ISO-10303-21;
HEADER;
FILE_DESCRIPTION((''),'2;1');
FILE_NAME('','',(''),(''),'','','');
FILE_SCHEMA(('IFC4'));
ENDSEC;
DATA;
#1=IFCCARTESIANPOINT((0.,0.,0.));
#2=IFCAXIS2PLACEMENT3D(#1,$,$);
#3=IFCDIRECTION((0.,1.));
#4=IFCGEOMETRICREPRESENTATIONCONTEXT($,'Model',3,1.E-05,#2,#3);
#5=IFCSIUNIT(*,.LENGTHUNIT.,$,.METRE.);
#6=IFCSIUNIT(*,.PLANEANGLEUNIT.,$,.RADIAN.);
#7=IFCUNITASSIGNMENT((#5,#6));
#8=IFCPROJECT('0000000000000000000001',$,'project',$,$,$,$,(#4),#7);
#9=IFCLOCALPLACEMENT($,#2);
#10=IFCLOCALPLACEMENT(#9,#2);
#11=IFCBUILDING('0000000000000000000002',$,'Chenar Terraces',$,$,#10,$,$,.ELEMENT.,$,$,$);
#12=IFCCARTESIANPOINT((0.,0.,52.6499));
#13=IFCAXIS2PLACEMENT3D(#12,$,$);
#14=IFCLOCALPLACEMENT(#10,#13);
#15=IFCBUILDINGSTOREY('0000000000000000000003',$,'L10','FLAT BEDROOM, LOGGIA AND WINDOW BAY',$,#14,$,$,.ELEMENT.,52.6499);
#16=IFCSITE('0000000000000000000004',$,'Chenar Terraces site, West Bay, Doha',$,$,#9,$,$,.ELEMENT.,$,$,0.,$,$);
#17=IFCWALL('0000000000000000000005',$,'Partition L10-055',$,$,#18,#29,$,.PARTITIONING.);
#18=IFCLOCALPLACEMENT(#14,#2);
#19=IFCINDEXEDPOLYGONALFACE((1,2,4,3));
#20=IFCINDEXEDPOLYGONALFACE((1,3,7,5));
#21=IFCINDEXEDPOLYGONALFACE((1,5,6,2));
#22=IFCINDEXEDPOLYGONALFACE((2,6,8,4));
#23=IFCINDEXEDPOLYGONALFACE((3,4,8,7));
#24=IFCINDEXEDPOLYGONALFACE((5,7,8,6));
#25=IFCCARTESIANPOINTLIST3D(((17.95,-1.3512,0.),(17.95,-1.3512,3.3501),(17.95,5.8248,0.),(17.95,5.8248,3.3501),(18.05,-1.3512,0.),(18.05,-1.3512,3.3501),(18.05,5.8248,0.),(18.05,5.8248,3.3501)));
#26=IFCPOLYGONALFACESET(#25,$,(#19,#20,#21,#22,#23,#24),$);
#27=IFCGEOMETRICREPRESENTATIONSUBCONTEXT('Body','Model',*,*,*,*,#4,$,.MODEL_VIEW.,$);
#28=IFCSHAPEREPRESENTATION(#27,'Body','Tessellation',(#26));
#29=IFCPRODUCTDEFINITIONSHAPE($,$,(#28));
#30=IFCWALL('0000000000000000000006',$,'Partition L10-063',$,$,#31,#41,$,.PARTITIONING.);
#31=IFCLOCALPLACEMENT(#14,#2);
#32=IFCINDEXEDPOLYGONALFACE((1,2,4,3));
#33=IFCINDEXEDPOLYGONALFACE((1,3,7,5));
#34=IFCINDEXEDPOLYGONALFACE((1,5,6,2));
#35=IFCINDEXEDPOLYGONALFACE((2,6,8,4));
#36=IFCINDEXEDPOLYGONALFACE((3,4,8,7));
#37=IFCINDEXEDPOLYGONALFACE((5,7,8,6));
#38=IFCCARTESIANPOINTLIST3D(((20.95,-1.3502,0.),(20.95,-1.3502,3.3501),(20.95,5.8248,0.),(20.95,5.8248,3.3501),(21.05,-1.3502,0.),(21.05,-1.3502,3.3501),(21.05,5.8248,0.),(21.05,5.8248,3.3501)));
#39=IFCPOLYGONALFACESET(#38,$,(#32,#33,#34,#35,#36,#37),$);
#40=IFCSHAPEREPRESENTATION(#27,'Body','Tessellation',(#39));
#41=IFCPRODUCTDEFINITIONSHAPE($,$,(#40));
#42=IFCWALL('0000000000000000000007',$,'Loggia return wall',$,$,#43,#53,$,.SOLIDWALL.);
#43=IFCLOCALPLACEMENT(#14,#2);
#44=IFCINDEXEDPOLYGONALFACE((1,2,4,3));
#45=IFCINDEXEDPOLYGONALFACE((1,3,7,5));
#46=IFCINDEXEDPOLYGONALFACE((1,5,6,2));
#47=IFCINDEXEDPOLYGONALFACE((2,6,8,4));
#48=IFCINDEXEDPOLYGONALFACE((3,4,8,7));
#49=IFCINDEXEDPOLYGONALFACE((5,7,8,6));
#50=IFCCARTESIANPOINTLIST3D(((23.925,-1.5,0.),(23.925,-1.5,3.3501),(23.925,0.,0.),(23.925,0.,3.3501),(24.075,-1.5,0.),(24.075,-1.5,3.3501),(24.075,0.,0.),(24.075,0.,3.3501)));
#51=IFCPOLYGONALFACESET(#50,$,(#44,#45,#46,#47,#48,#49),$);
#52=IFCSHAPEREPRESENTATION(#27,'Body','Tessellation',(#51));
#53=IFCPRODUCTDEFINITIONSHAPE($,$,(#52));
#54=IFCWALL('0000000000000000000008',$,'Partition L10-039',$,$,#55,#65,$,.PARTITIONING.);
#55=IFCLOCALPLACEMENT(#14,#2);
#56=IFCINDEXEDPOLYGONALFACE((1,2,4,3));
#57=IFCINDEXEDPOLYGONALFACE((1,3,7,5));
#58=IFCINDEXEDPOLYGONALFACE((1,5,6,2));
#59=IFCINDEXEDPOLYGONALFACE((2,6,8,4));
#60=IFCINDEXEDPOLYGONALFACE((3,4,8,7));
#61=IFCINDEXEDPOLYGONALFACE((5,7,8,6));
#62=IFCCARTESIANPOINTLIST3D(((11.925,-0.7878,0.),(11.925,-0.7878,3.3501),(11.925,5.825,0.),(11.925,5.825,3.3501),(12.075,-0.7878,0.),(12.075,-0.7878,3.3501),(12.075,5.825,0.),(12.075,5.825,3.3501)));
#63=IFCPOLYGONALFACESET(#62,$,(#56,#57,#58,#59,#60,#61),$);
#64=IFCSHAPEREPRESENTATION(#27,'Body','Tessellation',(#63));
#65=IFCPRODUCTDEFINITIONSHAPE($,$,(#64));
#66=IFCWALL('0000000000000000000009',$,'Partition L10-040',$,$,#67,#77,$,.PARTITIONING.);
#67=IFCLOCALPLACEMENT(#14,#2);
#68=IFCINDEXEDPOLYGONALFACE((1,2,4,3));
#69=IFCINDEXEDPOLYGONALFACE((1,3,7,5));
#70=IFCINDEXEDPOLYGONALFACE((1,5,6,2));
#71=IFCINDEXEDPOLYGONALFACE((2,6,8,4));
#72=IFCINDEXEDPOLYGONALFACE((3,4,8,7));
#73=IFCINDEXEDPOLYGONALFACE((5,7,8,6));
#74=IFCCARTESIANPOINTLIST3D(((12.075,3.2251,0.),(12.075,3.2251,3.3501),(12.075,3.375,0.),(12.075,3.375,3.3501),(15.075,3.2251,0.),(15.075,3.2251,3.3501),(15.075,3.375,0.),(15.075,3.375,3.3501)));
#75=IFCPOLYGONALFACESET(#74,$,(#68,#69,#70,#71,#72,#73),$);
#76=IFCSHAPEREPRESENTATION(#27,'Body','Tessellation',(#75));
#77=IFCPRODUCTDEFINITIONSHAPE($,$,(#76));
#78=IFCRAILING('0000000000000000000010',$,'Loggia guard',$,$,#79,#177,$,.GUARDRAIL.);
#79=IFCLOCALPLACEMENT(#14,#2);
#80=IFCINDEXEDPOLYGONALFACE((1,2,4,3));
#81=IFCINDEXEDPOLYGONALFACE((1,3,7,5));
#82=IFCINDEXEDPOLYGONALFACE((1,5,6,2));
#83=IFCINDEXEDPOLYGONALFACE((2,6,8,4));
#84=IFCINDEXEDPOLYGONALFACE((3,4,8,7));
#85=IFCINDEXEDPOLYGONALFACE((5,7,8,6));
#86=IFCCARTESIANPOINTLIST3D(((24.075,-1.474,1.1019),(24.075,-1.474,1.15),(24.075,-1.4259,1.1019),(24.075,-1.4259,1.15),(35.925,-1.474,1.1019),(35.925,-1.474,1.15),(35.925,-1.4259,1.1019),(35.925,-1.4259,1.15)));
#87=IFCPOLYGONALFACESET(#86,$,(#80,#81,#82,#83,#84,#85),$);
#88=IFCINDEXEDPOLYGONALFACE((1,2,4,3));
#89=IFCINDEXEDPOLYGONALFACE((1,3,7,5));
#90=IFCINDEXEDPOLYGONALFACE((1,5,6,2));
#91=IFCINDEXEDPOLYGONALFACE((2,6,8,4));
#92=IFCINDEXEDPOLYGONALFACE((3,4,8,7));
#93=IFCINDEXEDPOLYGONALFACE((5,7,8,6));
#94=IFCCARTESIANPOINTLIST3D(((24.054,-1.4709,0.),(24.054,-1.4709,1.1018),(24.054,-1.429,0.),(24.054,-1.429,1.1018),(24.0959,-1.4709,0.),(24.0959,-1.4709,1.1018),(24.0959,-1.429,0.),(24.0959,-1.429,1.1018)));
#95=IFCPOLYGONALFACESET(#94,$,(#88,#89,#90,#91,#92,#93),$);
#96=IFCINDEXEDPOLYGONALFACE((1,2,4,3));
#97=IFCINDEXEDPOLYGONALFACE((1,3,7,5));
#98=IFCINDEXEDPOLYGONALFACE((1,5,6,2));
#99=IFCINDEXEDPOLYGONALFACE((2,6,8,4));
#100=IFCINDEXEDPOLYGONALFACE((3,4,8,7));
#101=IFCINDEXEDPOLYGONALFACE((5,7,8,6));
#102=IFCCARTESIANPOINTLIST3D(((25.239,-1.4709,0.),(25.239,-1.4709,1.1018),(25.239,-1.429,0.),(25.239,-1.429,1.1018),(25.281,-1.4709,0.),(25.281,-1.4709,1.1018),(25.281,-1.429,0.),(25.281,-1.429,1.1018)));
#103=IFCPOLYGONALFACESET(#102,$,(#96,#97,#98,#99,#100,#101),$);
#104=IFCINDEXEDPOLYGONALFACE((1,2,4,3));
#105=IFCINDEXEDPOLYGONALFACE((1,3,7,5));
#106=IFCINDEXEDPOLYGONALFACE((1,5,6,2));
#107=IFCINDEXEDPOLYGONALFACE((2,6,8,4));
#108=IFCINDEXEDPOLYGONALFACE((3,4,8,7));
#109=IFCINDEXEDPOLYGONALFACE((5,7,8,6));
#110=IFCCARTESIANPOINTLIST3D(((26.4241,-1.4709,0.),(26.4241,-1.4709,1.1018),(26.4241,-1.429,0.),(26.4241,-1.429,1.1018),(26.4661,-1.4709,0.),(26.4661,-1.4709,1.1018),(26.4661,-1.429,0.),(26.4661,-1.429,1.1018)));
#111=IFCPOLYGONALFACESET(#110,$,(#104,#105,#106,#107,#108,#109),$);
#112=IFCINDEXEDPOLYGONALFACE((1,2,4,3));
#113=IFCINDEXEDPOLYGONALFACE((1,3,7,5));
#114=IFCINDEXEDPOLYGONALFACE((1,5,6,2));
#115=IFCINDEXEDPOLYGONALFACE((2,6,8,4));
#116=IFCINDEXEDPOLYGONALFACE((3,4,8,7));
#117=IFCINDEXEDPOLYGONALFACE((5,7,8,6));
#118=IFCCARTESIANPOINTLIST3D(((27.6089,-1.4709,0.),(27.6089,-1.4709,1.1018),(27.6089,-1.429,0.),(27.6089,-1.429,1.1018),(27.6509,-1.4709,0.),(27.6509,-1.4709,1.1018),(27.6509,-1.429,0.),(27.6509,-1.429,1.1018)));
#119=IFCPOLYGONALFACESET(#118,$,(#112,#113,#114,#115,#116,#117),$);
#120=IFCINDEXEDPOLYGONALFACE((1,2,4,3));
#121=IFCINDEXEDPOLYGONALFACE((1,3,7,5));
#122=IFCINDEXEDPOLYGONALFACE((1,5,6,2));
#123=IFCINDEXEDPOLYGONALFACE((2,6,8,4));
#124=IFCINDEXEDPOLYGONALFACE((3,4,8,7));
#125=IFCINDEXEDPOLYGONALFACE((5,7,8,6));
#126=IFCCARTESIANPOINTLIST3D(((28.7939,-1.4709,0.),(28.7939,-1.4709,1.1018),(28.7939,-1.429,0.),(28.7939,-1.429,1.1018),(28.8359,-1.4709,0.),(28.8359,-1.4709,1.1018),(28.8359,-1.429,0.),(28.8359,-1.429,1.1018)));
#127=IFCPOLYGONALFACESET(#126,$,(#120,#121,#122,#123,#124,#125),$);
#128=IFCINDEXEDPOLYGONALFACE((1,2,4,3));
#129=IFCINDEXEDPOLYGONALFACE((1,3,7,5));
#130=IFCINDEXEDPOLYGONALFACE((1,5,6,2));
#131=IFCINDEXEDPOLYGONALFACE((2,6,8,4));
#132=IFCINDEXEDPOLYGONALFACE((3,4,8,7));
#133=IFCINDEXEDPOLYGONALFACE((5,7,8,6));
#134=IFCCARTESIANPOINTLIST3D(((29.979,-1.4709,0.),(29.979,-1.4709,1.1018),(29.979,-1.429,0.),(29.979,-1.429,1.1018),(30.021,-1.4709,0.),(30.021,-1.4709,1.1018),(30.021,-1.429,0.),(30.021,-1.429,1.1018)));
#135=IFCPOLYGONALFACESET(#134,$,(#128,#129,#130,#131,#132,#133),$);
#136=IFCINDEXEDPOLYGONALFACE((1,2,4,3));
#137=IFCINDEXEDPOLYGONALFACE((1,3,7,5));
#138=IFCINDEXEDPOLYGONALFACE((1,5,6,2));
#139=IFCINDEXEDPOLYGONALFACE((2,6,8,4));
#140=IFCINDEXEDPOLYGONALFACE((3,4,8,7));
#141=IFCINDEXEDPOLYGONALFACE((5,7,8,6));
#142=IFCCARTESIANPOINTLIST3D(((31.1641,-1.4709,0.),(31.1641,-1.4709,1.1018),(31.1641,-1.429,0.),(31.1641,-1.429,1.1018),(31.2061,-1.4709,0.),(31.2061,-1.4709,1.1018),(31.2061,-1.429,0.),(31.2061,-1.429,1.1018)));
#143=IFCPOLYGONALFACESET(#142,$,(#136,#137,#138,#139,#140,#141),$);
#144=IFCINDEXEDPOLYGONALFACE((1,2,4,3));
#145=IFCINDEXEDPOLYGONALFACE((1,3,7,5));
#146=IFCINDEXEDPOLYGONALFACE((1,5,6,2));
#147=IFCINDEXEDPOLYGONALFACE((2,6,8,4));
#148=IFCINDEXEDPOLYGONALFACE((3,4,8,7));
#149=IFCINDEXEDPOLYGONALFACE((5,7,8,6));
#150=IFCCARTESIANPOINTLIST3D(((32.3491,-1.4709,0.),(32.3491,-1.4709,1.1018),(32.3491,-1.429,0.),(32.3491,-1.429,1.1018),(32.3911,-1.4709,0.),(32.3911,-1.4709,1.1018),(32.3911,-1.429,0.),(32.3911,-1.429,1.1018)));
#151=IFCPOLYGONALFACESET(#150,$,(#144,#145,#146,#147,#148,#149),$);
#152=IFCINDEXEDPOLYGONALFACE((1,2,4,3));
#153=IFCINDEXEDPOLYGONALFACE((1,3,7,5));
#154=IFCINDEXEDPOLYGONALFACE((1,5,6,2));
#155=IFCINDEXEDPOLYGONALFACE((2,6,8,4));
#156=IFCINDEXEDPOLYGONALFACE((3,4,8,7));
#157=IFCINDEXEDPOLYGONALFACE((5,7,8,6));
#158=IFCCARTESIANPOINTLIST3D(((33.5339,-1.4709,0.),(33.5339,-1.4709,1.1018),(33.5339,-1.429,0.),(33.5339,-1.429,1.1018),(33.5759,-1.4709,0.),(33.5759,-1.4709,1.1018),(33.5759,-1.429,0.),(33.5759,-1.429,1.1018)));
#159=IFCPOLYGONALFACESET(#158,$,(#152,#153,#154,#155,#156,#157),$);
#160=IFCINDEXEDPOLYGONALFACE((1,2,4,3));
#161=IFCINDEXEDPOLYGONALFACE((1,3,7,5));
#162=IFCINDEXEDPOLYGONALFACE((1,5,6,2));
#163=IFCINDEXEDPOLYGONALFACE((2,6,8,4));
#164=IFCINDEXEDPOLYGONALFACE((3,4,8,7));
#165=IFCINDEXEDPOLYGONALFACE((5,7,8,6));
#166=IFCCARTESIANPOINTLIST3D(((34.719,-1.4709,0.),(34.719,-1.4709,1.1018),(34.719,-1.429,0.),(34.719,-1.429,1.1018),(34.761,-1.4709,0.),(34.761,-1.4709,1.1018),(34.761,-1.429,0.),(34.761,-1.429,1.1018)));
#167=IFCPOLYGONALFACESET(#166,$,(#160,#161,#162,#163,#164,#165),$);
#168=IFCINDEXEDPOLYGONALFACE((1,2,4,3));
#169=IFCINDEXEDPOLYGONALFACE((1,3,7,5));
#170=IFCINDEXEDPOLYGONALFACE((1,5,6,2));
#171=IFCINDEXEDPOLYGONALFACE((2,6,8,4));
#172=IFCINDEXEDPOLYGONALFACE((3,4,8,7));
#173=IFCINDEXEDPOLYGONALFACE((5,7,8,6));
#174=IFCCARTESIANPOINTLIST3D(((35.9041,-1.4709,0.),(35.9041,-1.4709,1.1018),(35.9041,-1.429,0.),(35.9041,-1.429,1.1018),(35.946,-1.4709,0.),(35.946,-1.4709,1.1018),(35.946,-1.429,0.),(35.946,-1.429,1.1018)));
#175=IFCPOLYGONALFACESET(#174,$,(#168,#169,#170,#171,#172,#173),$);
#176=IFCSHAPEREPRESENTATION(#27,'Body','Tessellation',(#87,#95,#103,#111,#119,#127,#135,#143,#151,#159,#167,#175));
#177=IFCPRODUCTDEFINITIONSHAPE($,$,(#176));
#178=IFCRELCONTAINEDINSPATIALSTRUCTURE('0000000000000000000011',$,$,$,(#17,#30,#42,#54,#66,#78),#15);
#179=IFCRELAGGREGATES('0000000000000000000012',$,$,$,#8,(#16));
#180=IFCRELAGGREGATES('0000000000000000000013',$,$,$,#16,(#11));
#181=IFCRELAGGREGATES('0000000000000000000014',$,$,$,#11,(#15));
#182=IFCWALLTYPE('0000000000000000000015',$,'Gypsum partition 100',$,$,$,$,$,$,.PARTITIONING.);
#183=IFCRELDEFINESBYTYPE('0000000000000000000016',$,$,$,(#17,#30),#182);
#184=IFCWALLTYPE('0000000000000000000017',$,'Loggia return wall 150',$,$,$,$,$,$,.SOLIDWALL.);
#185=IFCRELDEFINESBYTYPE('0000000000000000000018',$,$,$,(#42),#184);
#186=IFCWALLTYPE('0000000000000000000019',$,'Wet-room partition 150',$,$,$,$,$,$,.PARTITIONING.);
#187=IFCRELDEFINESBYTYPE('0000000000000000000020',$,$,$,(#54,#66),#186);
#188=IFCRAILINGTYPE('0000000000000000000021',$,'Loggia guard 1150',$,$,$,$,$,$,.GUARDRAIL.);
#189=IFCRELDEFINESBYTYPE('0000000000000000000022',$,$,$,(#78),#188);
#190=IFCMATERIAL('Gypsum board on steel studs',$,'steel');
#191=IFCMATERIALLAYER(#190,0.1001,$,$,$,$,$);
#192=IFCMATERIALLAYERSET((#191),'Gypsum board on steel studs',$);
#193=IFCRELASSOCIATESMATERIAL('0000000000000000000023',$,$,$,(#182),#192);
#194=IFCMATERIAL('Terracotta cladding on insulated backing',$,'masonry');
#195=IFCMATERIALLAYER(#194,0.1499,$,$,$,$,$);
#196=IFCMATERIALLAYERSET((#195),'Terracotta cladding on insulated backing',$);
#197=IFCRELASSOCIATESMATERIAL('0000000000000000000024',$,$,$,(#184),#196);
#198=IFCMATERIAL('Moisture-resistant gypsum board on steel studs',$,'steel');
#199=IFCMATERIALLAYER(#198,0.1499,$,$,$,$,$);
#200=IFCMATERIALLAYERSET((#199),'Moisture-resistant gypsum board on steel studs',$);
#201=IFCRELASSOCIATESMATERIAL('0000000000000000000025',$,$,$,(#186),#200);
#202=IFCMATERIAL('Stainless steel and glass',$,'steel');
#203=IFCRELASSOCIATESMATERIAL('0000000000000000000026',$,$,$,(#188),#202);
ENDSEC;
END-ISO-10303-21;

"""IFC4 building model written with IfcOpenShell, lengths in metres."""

from ifc_helpers import new_model, si_unit, direction, frame, frame_2d, origin, origin_2d, place, context, subcontext, project, spatial, rectangle, extrude, material, layer, layer_set, type_object, element, save


model = new_model("IFC4")

# Units and contexts
model_context = context("Model", 3, precision=1e-05, world=origin(), true_north=direction((0.0, 1.0)))
body_context = subcontext(model_context, "Body", "Model", "MODEL_VIEW")
ifc_project = project(units=[si_unit("LENGTHUNIT", "METRE"), si_unit("PLANEANGLEUNIT", "RADIAN")], contexts=[model_context])

# Site, building, storey
site_placement = place(None, origin())
site = spatial("IfcSite", under=ifc_project, at=site_placement, Name="Chenar Terraces site, West Bay, Doha", CompositionType="ELEMENT", RefElevation=0.0)
building_placement = place(site_placement, origin())
building = spatial("IfcBuilding", under=site, at=building_placement, Name="Chenar Terraces", CompositionType="ELEMENT")
storey_placement = place(building_placement, frame((0.0, 0.0, 52.6499)))
storey = spatial("IfcBuildingStorey", under=building, at=storey_placement, Name="L10", Description="FLAT BEDROOM, LOGGIA AND WINDOW BAY", CompositionType="ELEMENT", Elevation=52.6499)

# Walls
ifc_material_1 = material(Name="Gypsum board on steel studs", Category="steel")
ifc_layer_1 = layer(ifc_material_1, 0.1001)
ifc_layer_set_1 = layer_set([ifc_layer_1], Name="Gypsum board on steel studs")
wall_type_1 = type_object("IfcWallType", Name="Gypsum partition 100", PredefinedType="PARTITIONING", material=ifc_layer_set_1)
wall_1_placement = place(storey_placement, frame((18.0, -1.3511, 0.0), z_axis=(0.0, 0.0, 1.0), x_axis=(0.0, 1.0, 0.0)))
element("IfcWall", 1, at=wall_1_placement, inside=storey, type_object=wall_type_1, Name="Partition L10-055", PredefinedType="PARTITIONING", context=body_context, shape_type="SweptSolid", body=[
    extrude(rectangle(XDim=7.176, YDim=0.1001, at=frame_2d((3.5879, 0.0))), origin(), (0.0, 0.0, 1.0), 3.3501),
])
wall_2_placement = place(storey_placement, frame((21.0, -1.3501, 0.0), z_axis=(0.0, 0.0, 1.0), x_axis=(0.0, 1.0, 0.0)))
element("IfcWall", 2, at=wall_2_placement, inside=storey, type_object=wall_type_1, Name="Partition L10-063", PredefinedType="PARTITIONING", context=body_context, shape_type="SweptSolid", body=[
    extrude(rectangle(XDim=7.175, YDim=0.1001, at=frame_2d((3.5874, 0.0))), origin(), (0.0, 0.0, 1.0), 3.3501),
])
ifc_material_2 = material(Name="Terracotta cladding on insulated backing", Category="masonry")
ifc_layer_2 = layer(ifc_material_2, 0.1499)
ifc_layer_set_2 = layer_set([ifc_layer_2], Name="Terracotta cladding on insulated backing")
wall_type_2 = type_object("IfcWallType", Name="Loggia return wall 150", PredefinedType="SOLIDWALL", material=ifc_layer_set_2)
wall_3_placement = place(storey_placement, frame((24.0, -1.5, 0.0), z_axis=(0.0, 0.0, 1.0), x_axis=(0.0, 1.0, 0.0)))
element("IfcWall", 3, at=wall_3_placement, inside=storey, type_object=wall_type_2, Name="Loggia return wall", PredefinedType="SOLIDWALL", context=body_context, shape_type="SweptSolid", body=[
    extrude(rectangle(XDim=1.5, YDim=0.1499, at=frame_2d((0.75, 0.0))), origin(), (0.0, 0.0, 1.0), 3.3501),
])
ifc_material_3 = material(Name="Moisture-resistant gypsum board on steel studs", Category="steel")
ifc_layer_3 = layer(ifc_material_3, 0.1499)
ifc_layer_set_3 = layer_set([ifc_layer_3], Name="Moisture-resistant gypsum board on steel studs")
wall_type_3 = type_object("IfcWallType", Name="Wet-room partition 150", PredefinedType="PARTITIONING", material=ifc_layer_set_3)
wall_4_placement = place(storey_placement, frame((12.0, -0.7878, 0.0), z_axis=(0.0, 0.0, 1.0), x_axis=(0.0, 1.0, 0.0)))
element("IfcWall", 4, at=wall_4_placement, inside=storey, type_object=wall_type_3, Name="Partition L10-039", PredefinedType="PARTITIONING", context=body_context, shape_type="SweptSolid", body=[
    extrude(rectangle(XDim=6.6128, YDim=0.1499, at=frame_2d((3.3064, 0.0))), origin(), (0.0, 0.0, 1.0), 3.3501),
])
wall_5_placement = place(storey_placement, frame((12.075, 3.3, 0.0), z_axis=(0.0, 0.0, 1.0), x_axis=(1.0, 0.0, 0.0)))
element("IfcWall", 5, at=wall_5_placement, inside=storey, type_object=wall_type_3, Name="Partition L10-040", PredefinedType="PARTITIONING", context=body_context, shape_type="SweptSolid", body=[
    extrude(rectangle(XDim=3.0, YDim=0.1499, at=frame_2d((1.5, 0.0))), origin(), (0.0, 0.0, 1.0), 3.3501),
])

# Railing
ifc_material_4 = material(Name="Stainless steel and glass", Category="steel")
railing_type = type_object("IfcRailingType", Name="Loggia guard 1150", PredefinedType="GUARDRAIL", material=ifc_material_4)
railing_placement = place(storey_placement, frame((24.075, -1.45, 0.0)))
element("IfcRailing", 6, at=railing_placement, inside=storey, type_object=railing_type, Name="Loggia guard", PredefinedType="GUARDRAIL", context=body_context, shape_type="SweptSolid", body=[
    extrude(rectangle(XDim=0.0481, YDim=0.0481, at=origin_2d()), frame((0.0, 0.0, 1.126), z_axis=(1.0, 0.0, 0.0), x_axis=(0.0, 1.0, 0.0)), (0.0, 0.0, 1.0), 11.8501),
    extrude(rectangle(XDim=0.042, YDim=0.042, at=origin_2d()), origin(), (0.0, 0.0, 1.0), 1.1018),
    extrude(rectangle(XDim=0.042, YDim=0.042, at=origin_2d()), frame((1.1851, 0.0, 0.0)), (0.0, 0.0, 1.0), 1.1018),
    extrude(rectangle(XDim=0.042, YDim=0.042, at=origin_2d()), frame((2.3701, 0.0, 0.0)), (0.0, 0.0, 1.0), 1.1018),
    extrude(rectangle(XDim=0.042, YDim=0.042, at=origin_2d()), frame((3.5549, 0.0, 0.0)), (0.0, 0.0, 1.0), 1.1018),
    extrude(rectangle(XDim=0.042, YDim=0.042, at=origin_2d()), frame((4.74, 0.0, 0.0)), (0.0, 0.0, 1.0), 1.1018),
    extrude(rectangle(XDim=0.042, YDim=0.042, at=origin_2d()), frame((5.925, 0.0, 0.0)), (0.0, 0.0, 1.0), 1.1018),
    extrude(rectangle(XDim=0.042, YDim=0.042, at=origin_2d()), frame((7.1101, 0.0, 0.0)), (0.0, 0.0, 1.0), 1.1018),
    extrude(rectangle(XDim=0.042, YDim=0.042, at=origin_2d()), frame((8.2952, 0.0, 0.0)), (0.0, 0.0, 1.0), 1.1018),
    extrude(rectangle(XDim=0.042, YDim=0.042, at=origin_2d()), frame((9.48, 0.0, 0.0)), (0.0, 0.0, 1.0), 1.1018),
    extrude(rectangle(XDim=0.042, YDim=0.042, at=origin_2d()), frame((10.665, 0.0, 0.0)), (0.0, 0.0, 1.0), 1.1018),
    extrude(rectangle(XDim=0.042, YDim=0.042, at=origin_2d()), frame((11.8501, 0.0, 0.0)), (0.0, 0.0, 1.0), 1.1018),
])

save(model, "model.ifc")
